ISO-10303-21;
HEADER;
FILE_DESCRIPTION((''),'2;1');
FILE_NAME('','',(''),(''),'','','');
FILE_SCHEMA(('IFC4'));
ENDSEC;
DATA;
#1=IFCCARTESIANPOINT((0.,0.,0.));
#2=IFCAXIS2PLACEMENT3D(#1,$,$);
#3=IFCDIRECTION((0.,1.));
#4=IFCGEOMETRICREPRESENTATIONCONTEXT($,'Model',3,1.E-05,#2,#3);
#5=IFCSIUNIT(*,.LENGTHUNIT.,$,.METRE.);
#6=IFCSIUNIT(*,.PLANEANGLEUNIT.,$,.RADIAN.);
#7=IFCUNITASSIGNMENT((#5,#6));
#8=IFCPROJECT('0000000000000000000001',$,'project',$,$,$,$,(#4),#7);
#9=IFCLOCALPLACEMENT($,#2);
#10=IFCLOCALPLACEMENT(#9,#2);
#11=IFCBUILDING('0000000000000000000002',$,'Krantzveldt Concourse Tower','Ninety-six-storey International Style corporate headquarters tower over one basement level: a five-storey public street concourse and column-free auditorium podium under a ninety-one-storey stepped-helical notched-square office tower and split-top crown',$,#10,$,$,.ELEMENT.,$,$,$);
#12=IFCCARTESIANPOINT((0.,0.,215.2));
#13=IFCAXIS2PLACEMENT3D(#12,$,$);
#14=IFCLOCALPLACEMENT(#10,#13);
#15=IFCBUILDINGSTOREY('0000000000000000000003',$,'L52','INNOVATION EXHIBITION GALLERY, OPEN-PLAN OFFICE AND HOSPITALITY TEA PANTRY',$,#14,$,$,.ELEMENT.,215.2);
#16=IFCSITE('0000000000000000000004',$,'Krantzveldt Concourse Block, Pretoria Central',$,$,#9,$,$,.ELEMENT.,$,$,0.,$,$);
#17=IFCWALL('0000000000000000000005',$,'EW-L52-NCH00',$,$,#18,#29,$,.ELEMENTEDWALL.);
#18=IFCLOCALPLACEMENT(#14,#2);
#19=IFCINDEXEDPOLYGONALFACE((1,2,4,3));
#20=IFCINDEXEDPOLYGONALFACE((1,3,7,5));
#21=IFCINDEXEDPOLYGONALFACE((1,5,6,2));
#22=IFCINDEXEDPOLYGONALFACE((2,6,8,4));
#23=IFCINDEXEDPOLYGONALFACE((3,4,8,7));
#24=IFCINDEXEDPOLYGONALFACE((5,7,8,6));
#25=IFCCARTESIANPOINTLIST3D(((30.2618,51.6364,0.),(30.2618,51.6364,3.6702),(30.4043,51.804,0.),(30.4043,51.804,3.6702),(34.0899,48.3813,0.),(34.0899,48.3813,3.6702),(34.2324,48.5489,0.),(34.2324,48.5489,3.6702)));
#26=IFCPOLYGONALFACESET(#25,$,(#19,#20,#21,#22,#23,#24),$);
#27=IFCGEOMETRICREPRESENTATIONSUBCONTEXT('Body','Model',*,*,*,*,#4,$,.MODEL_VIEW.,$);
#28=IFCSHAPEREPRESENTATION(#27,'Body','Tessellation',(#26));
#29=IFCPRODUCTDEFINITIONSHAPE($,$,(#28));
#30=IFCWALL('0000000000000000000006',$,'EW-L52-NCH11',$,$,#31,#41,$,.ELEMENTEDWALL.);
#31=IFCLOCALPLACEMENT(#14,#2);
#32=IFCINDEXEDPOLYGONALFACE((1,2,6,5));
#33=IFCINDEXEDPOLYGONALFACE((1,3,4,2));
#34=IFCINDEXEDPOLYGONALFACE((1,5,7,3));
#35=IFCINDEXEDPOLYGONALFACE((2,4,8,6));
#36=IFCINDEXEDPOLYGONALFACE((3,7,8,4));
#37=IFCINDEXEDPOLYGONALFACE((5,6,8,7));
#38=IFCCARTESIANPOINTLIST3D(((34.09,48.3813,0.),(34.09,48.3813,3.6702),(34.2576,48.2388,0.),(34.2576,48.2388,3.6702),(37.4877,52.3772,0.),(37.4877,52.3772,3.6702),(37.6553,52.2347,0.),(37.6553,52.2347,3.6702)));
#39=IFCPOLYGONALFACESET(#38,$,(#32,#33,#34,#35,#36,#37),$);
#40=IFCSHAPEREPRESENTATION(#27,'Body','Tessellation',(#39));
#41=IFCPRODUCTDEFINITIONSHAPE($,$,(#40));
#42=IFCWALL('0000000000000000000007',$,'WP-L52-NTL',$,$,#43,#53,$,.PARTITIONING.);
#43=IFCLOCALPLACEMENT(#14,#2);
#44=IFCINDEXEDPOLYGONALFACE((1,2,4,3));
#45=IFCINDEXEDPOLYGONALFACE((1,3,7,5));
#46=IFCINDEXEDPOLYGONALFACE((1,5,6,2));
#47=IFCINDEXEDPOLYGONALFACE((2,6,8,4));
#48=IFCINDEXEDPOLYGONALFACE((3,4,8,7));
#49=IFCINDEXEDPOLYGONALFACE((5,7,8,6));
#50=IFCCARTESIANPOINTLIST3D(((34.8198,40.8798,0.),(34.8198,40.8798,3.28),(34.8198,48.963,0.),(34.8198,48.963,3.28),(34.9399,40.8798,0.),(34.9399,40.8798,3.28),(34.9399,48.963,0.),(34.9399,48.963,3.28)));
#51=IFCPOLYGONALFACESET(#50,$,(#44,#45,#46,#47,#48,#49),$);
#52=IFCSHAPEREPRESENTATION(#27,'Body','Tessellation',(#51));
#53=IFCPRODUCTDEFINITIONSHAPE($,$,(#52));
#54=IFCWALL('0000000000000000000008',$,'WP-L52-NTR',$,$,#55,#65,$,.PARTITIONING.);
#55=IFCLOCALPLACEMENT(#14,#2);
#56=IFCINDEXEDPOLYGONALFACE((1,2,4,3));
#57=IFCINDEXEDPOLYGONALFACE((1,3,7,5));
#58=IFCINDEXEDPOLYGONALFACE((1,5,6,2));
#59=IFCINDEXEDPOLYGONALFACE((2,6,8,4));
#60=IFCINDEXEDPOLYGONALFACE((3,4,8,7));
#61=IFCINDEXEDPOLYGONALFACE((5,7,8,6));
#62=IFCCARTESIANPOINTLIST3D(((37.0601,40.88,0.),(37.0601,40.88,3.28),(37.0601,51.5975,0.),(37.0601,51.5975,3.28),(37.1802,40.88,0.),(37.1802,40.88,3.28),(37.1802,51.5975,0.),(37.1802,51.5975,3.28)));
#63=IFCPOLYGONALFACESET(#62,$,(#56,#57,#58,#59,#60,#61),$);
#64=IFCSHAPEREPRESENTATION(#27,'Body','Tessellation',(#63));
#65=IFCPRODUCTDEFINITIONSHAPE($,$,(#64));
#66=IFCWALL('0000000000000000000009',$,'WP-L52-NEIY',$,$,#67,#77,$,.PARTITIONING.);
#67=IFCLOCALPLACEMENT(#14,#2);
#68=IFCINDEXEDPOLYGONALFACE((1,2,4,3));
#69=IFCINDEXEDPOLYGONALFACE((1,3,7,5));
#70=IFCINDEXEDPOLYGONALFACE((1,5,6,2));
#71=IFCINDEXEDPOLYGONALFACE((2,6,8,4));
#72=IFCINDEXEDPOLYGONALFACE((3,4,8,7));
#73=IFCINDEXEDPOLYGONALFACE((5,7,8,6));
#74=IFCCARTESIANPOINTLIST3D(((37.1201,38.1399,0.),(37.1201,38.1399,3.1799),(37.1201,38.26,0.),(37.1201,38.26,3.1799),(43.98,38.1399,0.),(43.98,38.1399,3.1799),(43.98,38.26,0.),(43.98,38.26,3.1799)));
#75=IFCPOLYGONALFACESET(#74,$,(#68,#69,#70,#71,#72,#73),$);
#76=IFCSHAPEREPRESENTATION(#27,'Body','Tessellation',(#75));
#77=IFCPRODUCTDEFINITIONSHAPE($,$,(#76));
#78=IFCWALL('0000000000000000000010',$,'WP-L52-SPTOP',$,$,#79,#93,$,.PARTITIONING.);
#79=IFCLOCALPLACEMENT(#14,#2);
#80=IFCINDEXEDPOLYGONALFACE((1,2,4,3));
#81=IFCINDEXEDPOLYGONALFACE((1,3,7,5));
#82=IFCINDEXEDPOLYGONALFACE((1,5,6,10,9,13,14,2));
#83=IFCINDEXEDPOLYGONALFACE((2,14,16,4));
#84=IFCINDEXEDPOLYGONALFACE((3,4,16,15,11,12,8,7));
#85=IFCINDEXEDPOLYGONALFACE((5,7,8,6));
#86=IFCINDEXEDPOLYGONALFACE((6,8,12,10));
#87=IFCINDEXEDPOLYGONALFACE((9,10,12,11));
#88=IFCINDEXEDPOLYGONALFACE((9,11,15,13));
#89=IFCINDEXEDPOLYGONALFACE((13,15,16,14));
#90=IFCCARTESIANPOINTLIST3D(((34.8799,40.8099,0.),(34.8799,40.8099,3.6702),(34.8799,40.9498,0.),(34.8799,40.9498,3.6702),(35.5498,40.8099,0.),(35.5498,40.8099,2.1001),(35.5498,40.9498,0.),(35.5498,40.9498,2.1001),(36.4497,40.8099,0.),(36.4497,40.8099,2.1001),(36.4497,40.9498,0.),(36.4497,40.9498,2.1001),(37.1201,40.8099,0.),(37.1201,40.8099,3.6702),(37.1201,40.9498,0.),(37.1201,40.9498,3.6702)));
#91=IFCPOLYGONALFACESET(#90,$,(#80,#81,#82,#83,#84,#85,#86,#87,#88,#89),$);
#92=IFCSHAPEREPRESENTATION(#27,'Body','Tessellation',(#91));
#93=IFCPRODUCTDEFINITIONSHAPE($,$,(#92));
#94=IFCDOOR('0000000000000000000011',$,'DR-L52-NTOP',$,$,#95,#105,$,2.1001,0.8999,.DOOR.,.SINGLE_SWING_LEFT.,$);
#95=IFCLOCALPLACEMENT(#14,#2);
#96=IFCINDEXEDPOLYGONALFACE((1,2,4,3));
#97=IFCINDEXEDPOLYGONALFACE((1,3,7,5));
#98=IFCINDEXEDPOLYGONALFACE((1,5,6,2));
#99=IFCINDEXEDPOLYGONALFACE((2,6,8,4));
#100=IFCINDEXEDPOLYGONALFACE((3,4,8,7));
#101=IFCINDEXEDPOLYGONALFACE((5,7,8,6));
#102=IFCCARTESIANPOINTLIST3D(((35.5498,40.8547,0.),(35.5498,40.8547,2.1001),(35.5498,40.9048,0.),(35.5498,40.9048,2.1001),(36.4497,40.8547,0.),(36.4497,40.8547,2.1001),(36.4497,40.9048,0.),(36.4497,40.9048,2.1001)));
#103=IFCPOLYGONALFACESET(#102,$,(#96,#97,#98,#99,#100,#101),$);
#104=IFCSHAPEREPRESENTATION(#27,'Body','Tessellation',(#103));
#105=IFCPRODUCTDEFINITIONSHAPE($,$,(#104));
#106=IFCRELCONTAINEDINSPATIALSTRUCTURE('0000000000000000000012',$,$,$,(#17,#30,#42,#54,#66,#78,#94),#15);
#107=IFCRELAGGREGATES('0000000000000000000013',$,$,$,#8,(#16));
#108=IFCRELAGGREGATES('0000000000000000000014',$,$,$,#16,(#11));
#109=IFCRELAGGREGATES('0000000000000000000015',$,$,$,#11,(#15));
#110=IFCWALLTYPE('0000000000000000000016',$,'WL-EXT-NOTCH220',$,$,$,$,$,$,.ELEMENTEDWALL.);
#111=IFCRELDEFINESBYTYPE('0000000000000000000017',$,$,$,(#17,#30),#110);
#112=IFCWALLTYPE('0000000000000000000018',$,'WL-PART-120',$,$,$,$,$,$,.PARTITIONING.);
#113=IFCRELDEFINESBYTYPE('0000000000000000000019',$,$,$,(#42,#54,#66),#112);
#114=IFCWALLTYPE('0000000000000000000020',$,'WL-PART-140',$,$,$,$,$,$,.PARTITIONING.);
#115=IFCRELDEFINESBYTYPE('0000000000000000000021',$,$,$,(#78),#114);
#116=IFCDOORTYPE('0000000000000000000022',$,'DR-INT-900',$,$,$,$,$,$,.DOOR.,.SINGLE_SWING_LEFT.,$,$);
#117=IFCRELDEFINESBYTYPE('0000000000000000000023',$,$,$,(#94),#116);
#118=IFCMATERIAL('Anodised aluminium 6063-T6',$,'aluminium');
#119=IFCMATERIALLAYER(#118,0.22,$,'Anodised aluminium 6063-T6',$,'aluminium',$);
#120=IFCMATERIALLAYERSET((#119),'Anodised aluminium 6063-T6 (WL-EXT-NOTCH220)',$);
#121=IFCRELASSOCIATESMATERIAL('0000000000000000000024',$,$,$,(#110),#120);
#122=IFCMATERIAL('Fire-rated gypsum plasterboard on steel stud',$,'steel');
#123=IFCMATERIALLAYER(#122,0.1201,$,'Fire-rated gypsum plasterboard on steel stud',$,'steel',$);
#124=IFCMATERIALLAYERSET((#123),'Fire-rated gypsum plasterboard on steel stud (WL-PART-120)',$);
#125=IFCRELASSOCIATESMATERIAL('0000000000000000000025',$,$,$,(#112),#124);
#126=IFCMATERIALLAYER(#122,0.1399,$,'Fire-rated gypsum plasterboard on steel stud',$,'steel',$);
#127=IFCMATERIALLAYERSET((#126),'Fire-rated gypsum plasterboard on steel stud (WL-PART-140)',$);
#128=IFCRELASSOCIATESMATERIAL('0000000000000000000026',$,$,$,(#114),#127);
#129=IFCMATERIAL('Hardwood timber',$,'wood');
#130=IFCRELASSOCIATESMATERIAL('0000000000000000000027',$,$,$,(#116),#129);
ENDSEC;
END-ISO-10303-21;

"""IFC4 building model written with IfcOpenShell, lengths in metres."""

from ifc_helpers import new_model, si_unit, direction, frame, frame_2d, origin, place, context, subcontext, project, spatial, rectangle, extrude, material, layer, layer_set, type_object, element, fill, save


model = new_model("IFC4")

# Units and contexts
model_context = context("Model", 3, precision=1e-05, world=origin(), true_north=direction((0.0, 1.0)))
body_context = subcontext(model_context, "Body", "Model", "MODEL_VIEW")
ifc_project = project(units=[si_unit("LENGTHUNIT", "METRE"), si_unit("PLANEANGLEUNIT", "RADIAN")], contexts=[model_context])

# Site, building, storey
site_placement = place(None, origin())
site = spatial("IfcSite", under=ifc_project, at=site_placement, Name="Krantzveldt Concourse Block, Pretoria Central", CompositionType="ELEMENT", RefElevation=0.0)
building_placement = place(site_placement, origin())
building = spatial("IfcBuilding", under=site, at=building_placement, Name="Krantzveldt Concourse Tower", Description="Ninety-six-storey International Style corporate headquarters tower over one basement level: a five-storey public street concourse and column-free auditorium podium under a ninety-one-storey stepped-helical notched-square office tower and split-top crown", CompositionType="ELEMENT")
storey_placement = place(building_placement, frame((0.0, 0.0, 215.2)))
storey = spatial("IfcBuildingStorey", under=building, at=storey_placement, Name="L52", Description="INNOVATION EXHIBITION GALLERY, OPEN-PLAN OFFICE AND HOSPITALITY TEA PANTRY", CompositionType="ELEMENT", Elevation=215.2)

# Shared definitions
ifc_material_1 = material(Name="Anodised aluminium 6063-T6", Category="aluminium")

# Walls
ifc_layer_1 = layer(ifc_material_1, 0.22, Name="Anodised aluminium 6063-T6", Category="aluminium")
ifc_layer_set_1 = layer_set([ifc_layer_1], Name="Anodised aluminium 6063-T6 (WL-EXT-NOTCH220)")
wall_type_1 = type_object("IfcWallType", Name="WL-EXT-NOTCH220", PredefinedType="ELEMENTEDWALL", material=ifc_layer_set_1)
wall_1_placement = place(storey_placement, frame((34.1611, 48.4651, 0.0), z_axis=(0.0, 0.0, 1.0), x_axis=(-0.761819, 0.647789, 0.0)))
element("IfcWall", 1, at=wall_1_placement, inside=storey, type_object=wall_type_1, Name="EW-L52-NCH00", PredefinedType="ELEMENTEDWALL", context=body_context, shape_type="SweptSolid", body=[
    extrude(rectangle(XDim=5.0249, YDim=0.22, at=frame_2d((2.5125, 0.0))), origin(), (0.0, 0.0, 1.0), 3.6702),
])
wall_2_placement = place(storey_placement, frame((37.5715, 52.3059, 0.0), z_axis=(0.0, 0.0, 1.0), x_axis=(-0.647785, -0.761823, 0.0)))
element("IfcWall", 2, at=wall_2_placement, inside=storey, type_object=wall_type_1, Name="EW-L52-NCH11", PredefinedType="ELEMENTEDWALL", context=body_context, shape_type="SweptSolid", body=[
    extrude(rectangle(XDim=5.2451, YDim=0.22, at=frame_2d((2.6226, 0.0))), origin(), (0.0, 0.0, 1.0), 3.6702),
])
ifc_material_2 = material(Name="Fire-rated gypsum plasterboard on steel stud", Category="steel")
ifc_layer_2 = layer(ifc_material_2, 0.1201, Name="Fire-rated gypsum plasterboard on steel stud", Category="steel")
ifc_layer_set_2 = layer_set([ifc_layer_2], Name="Fire-rated gypsum plasterboard on steel stud (WL-PART-120)")
wall_type_2 = type_object("IfcWallType", Name="WL-PART-120", PredefinedType="PARTITIONING", material=ifc_layer_set_2)
wall_3_placement = place(storey_placement, frame((34.8799, 40.8799, 0.0), z_axis=(0.0, 0.0, 1.0), x_axis=(0.0, 1.0, 0.0)))
element("IfcWall", 3, at=wall_3_placement, inside=storey, type_object=wall_type_2, Name="WP-L52-NTL", PredefinedType="PARTITIONING", context=body_context, shape_type="SweptSolid", body=[
    extrude(rectangle(XDim=8.0833, YDim=0.1201, at=frame_2d((4.0415, 0.0))), origin(), (0.0, 0.0, 1.0), 3.28),
])
wall_4_placement = place(storey_placement, frame((37.1201, 40.8799, 0.0), z_axis=(0.0, 0.0, 1.0), x_axis=(0.0, 1.0, 0.0)))
element("IfcWall", 4, at=wall_4_placement, inside=storey, type_object=wall_type_2, Name="WP-L52-NTR", PredefinedType="PARTITIONING", context=body_context, shape_type="SweptSolid", body=[
    extrude(rectangle(XDim=10.7175, YDim=0.1201, at=frame_2d((5.3589, 0.0))), origin(), (0.0, 0.0, 1.0), 3.28),
])
wall_5_placement = place(storey_placement, frame((37.1201, 38.2, 0.0), z_axis=(0.0, 0.0, 1.0), x_axis=(1.0, 0.0, 0.0)))
element("IfcWall", 5, at=wall_5_placement, inside=storey, type_object=wall_type_2, Name="WP-L52-NEIY", PredefinedType="PARTITIONING", context=body_context, shape_type="SweptSolid", body=[
    extrude(rectangle(XDim=6.8599, YDim=0.1201, at=frame_2d((3.4299, 0.0))), origin(), (0.0, 0.0, 1.0), 3.1799),
])

# Wall, opening, door
ifc_layer_3 = layer(ifc_material_2, 0.1399, Name="Fire-rated gypsum plasterboard on steel stud", Category="steel")
ifc_layer_set_3 = layer_set([ifc_layer_3], Name="Fire-rated gypsum plasterboard on steel stud (WL-PART-140)")
wall_type_3 = type_object("IfcWallType", Name="WL-PART-140", PredefinedType="PARTITIONING", material=ifc_layer_set_3)
wall_6_placement = place(storey_placement, frame((34.8799, 40.8799, 0.0), z_axis=(0.0, 0.0, 1.0), x_axis=(1.0, 0.0, 0.0)))
wall_6 = element("IfcWall", 6, at=wall_6_placement, inside=storey, type_object=wall_type_3, Name="WP-L52-SPTOP", PredefinedType="PARTITIONING", context=body_context, shape_type="SweptSolid", body=[
    extrude(rectangle(XDim=2.2402, YDim=0.1399, at=frame_2d((1.1201, 0.0))), origin(), (0.0, 0.0, 1.0), 3.6702),
])
opening_placement = place(wall_6_placement, frame((0.6699, 0.0, 0.0)))
opening = element("IfcOpeningElement", 7, at=opening_placement, cuts=wall_6, PredefinedType="OPENING", context=body_context, shape_type="SweptSolid", body=[
    extrude(rectangle(XDim=0.8999, YDim=2.1001, at=frame_2d((0.45, 1.05))), frame((0.0, 0.0801, 0.0), z_axis=(0.0, -1.0, 0.0), x_axis=(1.0, 0.0, 0.0)), (0.0, 0.0, 1.0), 0.1599),
])
ifc_material_3 = material(Name="Hardwood timber", Category="wood")
door_type = type_object("IfcDoorType", Name="DR-INT-900", OperationType="SINGLE_SWING_LEFT", PredefinedType="DOOR", material=ifc_material_3)
door_placement = place(opening_placement, origin())
door = element("IfcDoor", 8, at=door_placement, inside=storey, type_object=door_type, Name="DR-L52-NTOP", OperationType="SINGLE_SWING_LEFT", OverallHeight=2.1001, OverallWidth=0.8999, PredefinedType="DOOR", context=body_context, shape_type="SweptSolid", body=[
    extrude(rectangle(XDim=0.8999, YDim=2.1001, at=frame_2d((0.45, 1.05))), frame((0.0, 0.0249, 0.0), z_axis=(0.0, -1.0, 0.0), x_axis=(1.0, 0.0, 0.0)), (0.0, 0.0, 1.0), 0.05),
])
fill(opening, door)

save(model, "model.ifc")
